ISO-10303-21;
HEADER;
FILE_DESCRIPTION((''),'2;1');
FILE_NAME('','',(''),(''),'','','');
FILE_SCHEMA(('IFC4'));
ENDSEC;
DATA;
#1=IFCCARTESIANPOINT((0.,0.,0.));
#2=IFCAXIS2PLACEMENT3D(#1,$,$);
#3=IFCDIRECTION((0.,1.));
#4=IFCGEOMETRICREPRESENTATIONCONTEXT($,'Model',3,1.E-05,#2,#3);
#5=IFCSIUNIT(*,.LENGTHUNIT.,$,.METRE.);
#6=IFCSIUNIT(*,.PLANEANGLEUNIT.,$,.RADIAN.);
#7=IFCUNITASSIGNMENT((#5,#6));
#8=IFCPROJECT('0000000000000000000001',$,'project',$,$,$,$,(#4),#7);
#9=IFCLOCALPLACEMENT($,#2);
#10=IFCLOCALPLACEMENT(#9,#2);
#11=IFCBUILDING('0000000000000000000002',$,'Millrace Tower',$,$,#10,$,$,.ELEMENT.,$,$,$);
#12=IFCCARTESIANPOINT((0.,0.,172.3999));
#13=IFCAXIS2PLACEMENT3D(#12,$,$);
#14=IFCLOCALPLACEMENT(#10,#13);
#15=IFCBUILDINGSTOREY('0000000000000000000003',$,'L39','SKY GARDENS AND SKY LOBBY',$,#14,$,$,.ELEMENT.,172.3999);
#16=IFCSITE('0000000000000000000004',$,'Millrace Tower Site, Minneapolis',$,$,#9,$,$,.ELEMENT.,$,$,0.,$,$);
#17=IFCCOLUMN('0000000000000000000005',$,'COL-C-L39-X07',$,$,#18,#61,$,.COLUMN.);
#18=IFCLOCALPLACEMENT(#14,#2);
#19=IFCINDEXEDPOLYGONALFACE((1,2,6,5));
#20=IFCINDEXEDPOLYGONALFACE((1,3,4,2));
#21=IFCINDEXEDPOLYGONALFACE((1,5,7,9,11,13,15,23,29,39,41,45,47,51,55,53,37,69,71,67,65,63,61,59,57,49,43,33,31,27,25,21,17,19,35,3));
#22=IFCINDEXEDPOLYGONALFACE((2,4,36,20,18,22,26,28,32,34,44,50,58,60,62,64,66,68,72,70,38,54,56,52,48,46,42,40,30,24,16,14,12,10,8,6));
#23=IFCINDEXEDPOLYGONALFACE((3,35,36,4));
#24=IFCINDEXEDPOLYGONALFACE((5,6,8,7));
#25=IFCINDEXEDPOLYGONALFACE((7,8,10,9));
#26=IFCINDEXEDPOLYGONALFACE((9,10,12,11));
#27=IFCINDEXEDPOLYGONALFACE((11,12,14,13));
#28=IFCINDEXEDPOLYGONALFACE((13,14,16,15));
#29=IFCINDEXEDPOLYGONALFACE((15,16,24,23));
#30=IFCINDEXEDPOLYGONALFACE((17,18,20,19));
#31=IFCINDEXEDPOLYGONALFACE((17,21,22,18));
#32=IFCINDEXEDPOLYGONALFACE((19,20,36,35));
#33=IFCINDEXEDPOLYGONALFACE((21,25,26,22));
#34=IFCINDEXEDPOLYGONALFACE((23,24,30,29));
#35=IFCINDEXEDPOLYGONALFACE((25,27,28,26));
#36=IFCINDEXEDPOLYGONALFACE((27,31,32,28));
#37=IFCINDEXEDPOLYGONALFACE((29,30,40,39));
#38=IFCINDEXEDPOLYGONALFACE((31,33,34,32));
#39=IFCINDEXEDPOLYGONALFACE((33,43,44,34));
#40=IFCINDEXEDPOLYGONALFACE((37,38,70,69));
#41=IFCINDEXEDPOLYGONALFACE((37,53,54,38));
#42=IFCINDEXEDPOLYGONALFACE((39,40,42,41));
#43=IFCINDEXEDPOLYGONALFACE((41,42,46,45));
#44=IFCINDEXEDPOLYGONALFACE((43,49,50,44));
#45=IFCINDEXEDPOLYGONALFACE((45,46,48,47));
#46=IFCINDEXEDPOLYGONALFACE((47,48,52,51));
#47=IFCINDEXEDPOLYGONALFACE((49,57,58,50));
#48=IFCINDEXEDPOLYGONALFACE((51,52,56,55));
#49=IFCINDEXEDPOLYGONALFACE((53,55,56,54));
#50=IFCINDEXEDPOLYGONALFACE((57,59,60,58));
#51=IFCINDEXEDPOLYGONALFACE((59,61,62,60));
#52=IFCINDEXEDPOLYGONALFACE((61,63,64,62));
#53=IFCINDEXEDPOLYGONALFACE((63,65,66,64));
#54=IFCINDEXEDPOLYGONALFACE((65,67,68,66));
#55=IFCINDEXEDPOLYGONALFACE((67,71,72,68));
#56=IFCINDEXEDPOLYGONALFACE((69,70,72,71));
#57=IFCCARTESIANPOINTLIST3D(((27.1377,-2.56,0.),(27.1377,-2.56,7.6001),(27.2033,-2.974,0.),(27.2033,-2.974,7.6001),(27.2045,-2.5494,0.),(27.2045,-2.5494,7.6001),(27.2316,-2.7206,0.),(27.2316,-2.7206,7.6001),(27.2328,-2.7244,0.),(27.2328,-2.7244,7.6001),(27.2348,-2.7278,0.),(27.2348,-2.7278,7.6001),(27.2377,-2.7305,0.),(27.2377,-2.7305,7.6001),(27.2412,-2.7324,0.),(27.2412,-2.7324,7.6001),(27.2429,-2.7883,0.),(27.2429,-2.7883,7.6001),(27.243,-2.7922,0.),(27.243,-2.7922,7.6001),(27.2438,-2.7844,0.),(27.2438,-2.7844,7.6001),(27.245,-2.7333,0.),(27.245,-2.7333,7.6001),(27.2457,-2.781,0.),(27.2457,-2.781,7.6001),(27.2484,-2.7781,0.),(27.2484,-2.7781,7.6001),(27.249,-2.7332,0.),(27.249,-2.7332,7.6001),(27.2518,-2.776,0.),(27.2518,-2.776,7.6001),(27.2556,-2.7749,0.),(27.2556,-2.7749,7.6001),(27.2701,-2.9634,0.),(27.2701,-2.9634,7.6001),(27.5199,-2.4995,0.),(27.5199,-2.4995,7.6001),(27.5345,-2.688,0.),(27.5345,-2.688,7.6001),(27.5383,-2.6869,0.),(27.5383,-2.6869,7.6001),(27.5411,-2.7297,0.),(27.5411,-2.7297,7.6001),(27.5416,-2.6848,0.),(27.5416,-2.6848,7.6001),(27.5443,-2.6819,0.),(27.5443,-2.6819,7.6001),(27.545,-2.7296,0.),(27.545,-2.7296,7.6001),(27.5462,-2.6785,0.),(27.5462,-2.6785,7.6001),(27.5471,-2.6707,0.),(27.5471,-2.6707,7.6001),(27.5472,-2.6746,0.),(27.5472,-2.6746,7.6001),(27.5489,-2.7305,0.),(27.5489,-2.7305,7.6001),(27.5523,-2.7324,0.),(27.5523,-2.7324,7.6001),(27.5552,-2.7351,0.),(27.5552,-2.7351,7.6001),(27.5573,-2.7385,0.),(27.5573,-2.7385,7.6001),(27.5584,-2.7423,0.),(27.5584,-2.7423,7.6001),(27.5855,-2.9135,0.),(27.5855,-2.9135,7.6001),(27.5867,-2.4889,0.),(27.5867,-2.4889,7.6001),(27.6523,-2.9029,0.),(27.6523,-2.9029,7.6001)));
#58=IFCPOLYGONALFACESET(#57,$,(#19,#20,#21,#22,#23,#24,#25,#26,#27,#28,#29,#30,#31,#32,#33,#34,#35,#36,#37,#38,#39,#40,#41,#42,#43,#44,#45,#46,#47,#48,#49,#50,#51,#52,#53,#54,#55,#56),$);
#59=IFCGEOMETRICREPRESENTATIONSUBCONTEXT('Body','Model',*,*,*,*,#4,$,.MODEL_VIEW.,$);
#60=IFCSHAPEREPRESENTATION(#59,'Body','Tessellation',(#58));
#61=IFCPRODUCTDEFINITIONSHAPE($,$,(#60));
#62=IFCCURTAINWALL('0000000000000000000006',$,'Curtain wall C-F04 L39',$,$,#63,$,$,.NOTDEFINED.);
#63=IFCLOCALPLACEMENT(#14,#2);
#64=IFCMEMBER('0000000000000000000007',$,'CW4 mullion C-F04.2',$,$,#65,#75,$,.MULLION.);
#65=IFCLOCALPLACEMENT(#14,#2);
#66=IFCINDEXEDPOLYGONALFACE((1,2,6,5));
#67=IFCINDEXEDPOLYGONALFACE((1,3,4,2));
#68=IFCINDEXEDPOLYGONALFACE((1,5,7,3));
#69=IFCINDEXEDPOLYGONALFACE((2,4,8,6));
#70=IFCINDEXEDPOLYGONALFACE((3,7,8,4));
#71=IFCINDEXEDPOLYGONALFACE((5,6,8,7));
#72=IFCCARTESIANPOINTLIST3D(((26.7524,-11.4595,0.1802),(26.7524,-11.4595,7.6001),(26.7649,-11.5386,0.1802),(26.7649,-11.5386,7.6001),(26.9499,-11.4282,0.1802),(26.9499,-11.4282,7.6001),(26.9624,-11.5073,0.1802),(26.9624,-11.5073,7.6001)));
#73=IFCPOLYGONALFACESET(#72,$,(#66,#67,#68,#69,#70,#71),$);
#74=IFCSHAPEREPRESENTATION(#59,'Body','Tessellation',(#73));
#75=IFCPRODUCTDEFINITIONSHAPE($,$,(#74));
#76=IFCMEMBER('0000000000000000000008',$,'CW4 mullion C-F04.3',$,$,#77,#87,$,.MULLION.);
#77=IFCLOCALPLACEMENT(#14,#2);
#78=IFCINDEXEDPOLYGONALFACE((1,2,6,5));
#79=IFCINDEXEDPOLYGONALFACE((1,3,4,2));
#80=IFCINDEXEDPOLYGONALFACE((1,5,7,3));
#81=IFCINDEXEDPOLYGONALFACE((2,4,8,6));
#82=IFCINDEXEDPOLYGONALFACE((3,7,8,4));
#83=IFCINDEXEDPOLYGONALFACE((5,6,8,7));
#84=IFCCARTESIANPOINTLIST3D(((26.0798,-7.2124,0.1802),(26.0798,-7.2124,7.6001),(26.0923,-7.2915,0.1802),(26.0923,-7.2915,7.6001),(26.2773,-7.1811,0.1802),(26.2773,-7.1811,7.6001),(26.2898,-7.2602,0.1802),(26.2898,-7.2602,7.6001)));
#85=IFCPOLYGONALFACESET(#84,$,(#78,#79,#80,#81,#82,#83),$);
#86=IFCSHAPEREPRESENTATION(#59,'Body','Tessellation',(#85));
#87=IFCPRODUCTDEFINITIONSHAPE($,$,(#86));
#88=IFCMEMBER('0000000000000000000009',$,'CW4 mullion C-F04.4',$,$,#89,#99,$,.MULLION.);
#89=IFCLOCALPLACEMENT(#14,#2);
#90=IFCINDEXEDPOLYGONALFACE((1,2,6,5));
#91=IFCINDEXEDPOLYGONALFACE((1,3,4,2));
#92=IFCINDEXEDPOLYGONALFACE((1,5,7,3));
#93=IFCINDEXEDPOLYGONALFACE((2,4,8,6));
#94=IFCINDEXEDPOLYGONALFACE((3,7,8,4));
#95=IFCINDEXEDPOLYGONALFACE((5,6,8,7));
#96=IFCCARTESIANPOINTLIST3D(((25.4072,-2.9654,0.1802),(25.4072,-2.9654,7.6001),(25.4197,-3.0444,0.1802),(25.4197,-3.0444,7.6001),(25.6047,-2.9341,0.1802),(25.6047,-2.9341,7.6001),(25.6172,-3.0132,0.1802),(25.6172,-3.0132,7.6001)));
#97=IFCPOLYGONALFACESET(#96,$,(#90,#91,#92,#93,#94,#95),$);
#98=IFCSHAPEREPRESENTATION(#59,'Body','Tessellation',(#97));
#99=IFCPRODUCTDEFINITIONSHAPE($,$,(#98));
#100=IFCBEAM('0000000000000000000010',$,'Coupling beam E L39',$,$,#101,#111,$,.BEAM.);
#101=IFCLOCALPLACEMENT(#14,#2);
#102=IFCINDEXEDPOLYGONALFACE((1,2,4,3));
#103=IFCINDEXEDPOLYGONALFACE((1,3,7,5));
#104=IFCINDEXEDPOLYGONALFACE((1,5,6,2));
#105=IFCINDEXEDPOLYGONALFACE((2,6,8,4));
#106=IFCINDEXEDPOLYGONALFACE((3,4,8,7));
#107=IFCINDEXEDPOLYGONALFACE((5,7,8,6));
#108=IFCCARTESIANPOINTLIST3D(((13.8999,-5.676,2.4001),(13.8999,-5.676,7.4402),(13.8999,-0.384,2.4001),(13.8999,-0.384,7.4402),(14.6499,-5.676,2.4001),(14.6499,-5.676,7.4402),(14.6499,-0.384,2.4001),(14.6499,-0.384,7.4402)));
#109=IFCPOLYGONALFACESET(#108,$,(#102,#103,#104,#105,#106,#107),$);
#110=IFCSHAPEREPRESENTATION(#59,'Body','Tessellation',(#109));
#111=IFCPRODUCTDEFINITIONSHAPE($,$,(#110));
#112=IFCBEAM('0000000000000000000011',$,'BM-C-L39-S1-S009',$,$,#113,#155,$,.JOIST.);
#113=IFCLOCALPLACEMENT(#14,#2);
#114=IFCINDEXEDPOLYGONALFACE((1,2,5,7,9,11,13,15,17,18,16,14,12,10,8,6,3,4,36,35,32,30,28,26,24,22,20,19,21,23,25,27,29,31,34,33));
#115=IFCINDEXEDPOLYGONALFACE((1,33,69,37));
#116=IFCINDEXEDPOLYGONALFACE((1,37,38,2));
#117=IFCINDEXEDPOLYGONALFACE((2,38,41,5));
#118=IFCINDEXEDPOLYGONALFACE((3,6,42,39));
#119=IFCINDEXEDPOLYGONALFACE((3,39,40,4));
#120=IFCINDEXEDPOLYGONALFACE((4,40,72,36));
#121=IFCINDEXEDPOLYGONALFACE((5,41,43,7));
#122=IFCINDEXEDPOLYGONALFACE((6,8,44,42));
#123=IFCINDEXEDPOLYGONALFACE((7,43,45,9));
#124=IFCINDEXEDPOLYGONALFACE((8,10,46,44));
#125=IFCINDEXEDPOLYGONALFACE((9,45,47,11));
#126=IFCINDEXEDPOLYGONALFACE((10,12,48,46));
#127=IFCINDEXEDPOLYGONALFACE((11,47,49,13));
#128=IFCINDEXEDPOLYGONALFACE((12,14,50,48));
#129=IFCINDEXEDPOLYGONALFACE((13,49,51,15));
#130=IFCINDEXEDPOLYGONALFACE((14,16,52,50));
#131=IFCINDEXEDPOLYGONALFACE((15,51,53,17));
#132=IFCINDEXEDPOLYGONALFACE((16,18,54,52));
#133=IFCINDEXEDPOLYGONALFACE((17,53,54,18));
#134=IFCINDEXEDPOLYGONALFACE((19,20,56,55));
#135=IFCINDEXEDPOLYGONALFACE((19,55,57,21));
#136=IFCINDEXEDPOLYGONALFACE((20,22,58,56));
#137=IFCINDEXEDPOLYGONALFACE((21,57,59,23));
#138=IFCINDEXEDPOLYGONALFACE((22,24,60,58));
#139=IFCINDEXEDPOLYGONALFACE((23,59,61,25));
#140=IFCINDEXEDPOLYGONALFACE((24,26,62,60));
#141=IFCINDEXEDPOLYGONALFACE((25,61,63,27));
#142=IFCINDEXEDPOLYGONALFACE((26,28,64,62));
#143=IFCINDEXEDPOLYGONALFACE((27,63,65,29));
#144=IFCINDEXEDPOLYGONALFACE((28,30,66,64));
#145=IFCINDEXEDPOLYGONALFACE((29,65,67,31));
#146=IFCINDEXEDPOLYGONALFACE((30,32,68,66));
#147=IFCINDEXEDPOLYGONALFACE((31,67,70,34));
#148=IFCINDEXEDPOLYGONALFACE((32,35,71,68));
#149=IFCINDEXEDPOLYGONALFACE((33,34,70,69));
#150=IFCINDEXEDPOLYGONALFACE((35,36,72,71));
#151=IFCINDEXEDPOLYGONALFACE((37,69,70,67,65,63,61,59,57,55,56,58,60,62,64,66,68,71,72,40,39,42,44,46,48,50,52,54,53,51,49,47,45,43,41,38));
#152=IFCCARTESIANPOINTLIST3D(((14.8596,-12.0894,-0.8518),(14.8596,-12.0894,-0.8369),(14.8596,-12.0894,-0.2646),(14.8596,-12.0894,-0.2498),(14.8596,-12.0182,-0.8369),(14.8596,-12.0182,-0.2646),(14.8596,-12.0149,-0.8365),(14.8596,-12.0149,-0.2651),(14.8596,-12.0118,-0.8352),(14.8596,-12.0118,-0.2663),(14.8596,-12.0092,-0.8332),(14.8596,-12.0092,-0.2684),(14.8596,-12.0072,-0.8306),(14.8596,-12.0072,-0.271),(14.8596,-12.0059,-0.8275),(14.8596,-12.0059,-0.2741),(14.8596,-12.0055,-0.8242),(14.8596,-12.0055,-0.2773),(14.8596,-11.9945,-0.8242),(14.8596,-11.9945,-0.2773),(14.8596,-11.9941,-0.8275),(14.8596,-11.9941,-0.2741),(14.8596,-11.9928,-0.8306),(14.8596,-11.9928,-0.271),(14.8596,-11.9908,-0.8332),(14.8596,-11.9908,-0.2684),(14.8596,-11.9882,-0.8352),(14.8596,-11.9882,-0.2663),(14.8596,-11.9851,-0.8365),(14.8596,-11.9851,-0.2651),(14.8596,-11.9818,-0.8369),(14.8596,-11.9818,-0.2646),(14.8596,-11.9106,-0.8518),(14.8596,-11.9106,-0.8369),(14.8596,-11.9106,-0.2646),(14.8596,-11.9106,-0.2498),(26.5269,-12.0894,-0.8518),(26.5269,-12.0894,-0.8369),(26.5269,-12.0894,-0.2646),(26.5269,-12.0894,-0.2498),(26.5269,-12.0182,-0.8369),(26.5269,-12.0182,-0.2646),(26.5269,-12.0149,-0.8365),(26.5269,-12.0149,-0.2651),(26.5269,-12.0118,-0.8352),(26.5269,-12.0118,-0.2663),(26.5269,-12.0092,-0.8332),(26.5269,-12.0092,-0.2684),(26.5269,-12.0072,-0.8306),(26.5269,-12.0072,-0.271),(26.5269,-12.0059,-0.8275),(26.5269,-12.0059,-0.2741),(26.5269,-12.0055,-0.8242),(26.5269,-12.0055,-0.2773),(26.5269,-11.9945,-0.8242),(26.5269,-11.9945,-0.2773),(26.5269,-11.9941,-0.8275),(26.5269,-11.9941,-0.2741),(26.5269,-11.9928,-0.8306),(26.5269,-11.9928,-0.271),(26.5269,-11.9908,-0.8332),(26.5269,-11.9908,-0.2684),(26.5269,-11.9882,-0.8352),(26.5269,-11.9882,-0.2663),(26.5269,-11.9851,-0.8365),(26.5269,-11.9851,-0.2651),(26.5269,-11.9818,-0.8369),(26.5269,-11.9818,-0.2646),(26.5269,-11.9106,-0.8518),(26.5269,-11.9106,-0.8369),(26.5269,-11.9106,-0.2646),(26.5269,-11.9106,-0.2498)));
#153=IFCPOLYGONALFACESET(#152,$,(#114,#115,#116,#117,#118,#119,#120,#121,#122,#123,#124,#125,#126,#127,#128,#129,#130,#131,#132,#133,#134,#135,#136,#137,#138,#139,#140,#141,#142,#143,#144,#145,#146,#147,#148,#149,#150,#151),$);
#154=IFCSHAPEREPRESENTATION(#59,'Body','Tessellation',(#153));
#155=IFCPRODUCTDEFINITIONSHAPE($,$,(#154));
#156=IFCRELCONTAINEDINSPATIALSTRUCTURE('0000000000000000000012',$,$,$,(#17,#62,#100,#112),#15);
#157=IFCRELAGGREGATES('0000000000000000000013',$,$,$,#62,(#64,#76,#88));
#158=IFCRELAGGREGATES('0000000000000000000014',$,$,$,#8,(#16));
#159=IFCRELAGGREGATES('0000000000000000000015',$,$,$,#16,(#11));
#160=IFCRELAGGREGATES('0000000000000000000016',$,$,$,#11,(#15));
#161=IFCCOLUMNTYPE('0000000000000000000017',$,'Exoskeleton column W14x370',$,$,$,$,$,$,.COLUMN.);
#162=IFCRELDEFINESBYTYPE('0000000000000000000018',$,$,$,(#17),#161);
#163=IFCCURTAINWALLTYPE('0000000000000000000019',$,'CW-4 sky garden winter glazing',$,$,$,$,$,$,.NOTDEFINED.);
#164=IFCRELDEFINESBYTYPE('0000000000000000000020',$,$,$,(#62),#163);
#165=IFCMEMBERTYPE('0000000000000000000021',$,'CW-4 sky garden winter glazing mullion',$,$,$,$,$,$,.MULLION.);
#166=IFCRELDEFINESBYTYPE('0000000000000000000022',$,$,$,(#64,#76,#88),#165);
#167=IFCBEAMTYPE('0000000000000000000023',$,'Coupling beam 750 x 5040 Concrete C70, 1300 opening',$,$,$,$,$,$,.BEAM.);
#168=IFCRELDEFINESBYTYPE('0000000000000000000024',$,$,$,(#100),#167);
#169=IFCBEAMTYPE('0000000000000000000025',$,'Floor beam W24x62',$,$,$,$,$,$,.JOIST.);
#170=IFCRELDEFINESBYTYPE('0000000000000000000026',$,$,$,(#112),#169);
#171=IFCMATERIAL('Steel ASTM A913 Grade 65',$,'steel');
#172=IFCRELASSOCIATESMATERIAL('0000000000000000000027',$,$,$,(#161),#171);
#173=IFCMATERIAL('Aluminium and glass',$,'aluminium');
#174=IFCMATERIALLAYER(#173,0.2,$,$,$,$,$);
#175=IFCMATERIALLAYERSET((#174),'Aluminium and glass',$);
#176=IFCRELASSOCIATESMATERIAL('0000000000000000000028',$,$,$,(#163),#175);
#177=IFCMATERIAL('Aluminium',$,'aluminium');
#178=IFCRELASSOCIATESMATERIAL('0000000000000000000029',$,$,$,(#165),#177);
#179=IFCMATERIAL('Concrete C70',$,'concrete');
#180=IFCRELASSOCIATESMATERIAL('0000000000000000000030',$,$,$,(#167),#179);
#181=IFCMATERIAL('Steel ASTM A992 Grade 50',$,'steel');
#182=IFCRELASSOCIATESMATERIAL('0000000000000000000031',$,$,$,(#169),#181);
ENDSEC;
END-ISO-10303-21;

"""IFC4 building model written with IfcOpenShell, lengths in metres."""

from ifc_helpers import new_model, si_unit, direction, frame, origin, origin_2d, place, context, subcontext, project, spatial, rectangle, i_section, extrude, material, layer, layer_set, material_profile, profile_set, type_object, element, aggregate, save


model = new_model("IFC4")

# Units and contexts
model_context = context("Model", 3, precision=1e-05, world=origin(), true_north=direction((0.0, 1.0)))
body_context = subcontext(model_context, "Body", "Model", "MODEL_VIEW")
ifc_project = project(units=[si_unit("LENGTHUNIT", "METRE"), si_unit("PLANEANGLEUNIT", "RADIAN")], contexts=[model_context])

# Site, building, storey
site_placement = place(None, origin())
site = spatial("IfcSite", under=ifc_project, at=site_placement, Name="Millrace Tower Site, Minneapolis", CompositionType="ELEMENT", RefElevation=0.0)
building_placement = place(site_placement, origin())
building = spatial("IfcBuilding", under=site, at=building_placement, Name="Millrace Tower", CompositionType="ELEMENT")
storey_placement = place(building_placement, frame((0.0, 0.0, 172.3999)))
storey = spatial("IfcBuildingStorey", under=building, at=storey_placement, Name="L39", Description="SKY GARDENS AND SKY LOBBY", CompositionType="ELEMENT", Elevation=172.3999)

# Column
ifc_material_1 = material(Name="Steel ASTM A913 Grade 65", Category="steel")
ifc_material_profile_1 = material_profile(ifc_material_1, i_section(OverallWidth=0.4192, OverallDepth=0.4546, WebThickness=0.0422, FlangeThickness=0.0676, FilletRadius=0.0151, at=origin_2d()))
ifc_profile_set_1 = profile_set([ifc_material_profile_1], Name="Steel ASTM A913 Grade 65")
column_type = type_object("IfcColumnType", Name="Exoskeleton column W14x370", PredefinedType="COLUMN", material=ifc_profile_set_1)
column_placement = place(storey_placement, frame((27.395, -2.7314, 0.0), z_axis=(0.0, 0.0, 1.0), x_axis=(-0.156434, 0.987688, 0.0)))
element("IfcColumn", 1, at=column_placement, inside=storey, type_object=column_type, Name="COL-C-L39-X07", PredefinedType="COLUMN", context=body_context, shape_type="SweptSolid", body=[
    extrude(i_section(OverallWidth=0.4192, OverallDepth=0.4546, WebThickness=0.0422, FlangeThickness=0.0676, FilletRadius=0.0151, at=origin_2d()), origin(), (0.0, 0.0, 1.0), 7.6001),
])

# Curtain wall, members
ifc_material_2 = material(Name="Aluminium and glass", Category="aluminium")
ifc_layer_1 = layer(ifc_material_2, 0.2)
ifc_layer_set_1 = layer_set([ifc_layer_1], Name="Aluminium and glass")
curtain_wall_type = type_object("IfcCurtainWallType", Name="CW-4 sky garden winter glazing", PredefinedType="NOTDEFINED", material=ifc_layer_set_1)
placement = place(storey_placement, origin())
curtain_wall = element("IfcCurtainWall", 2, at=placement, inside=storey, type_object=curtain_wall_type, Name="Curtain wall C-F04 L39", PredefinedType="NOTDEFINED")
ifc_material_3 = material(Name="Aluminium", Category="aluminium")
ifc_material_profile_2 = material_profile(ifc_material_3, rectangle(XDim=0.0801, YDim=0.2, at=origin_2d()))
ifc_profile_set_2 = profile_set([ifc_material_profile_2], Name="Aluminium")
member_type = type_object("IfcMemberType", Name="CW-4 sky garden winter glazing mullion", PredefinedType="MULLION", material=ifc_profile_set_2)
member_1_placement = place(storey_placement, frame((26.8574, -11.4834, 0.1802), z_axis=(0.0, 0.0, 1.0), x_axis=(-0.156434, 0.987688, 0.0)))
member_1 = element("IfcMember", 3, at=member_1_placement, type_object=member_type, Name="CW4 mullion C-F04.2", PredefinedType="MULLION", context=body_context, shape_type="SweptSolid", body=[
    extrude(rectangle(XDim=0.0801, YDim=0.2, at=origin_2d()), origin(), (0.0, 0.0, 1.0), 7.4199),
])
member_2_placement = place(storey_placement, frame((26.1848, -7.2363, 0.1802), z_axis=(0.0, 0.0, 1.0), x_axis=(-0.156434, 0.987688, 0.0)))
member_2 = element("IfcMember", 4, at=member_2_placement, type_object=member_type, Name="CW4 mullion C-F04.3", PredefinedType="MULLION", context=body_context, shape_type="SweptSolid", body=[
    extrude(rectangle(XDim=0.0801, YDim=0.2, at=origin_2d()), origin(), (0.0, 0.0, 1.0), 7.4199),
])
member_3_placement = place(storey_placement, frame((25.5122, -2.9893, 0.1802), z_axis=(0.0, 0.0, 1.0), x_axis=(-0.156434, 0.987688, 0.0)))
member_3 = element("IfcMember", 5, at=member_3_placement, type_object=member_type, Name="CW4 mullion C-F04.4", PredefinedType="MULLION", context=body_context, shape_type="SweptSolid", body=[
    extrude(rectangle(XDim=0.0801, YDim=0.2, at=origin_2d()), origin(), (0.0, 0.0, 1.0), 7.4199),
])
aggregate(curtain_wall, [member_1, member_2, member_3])

# Beams
ifc_material_4 = material(Name="Concrete C70", Category="concrete")
ifc_material_profile_3 = material_profile(ifc_material_4, rectangle(XDim=0.75, YDim=5.04, at=origin_2d()))
ifc_profile_set_3 = profile_set([ifc_material_profile_3], Name="Concrete C70")
beam_type_1 = type_object("IfcBeamType", Name="Coupling beam 750 x 5040 Concrete C70, 1300 opening", PredefinedType="BEAM", material=ifc_profile_set_3)
beam_1_placement = place(storey_placement, frame((14.2749, -0.384, 4.9202), z_axis=(0.0, -1.0, 0.0), x_axis=(1.0, 0.0, 0.0)))
element("IfcBeam", 6, at=beam_1_placement, inside=storey, type_object=beam_type_1, Name="Coupling beam E L39", PredefinedType="BEAM", context=body_context, shape_type="SweptSolid", body=[
    extrude(rectangle(XDim=0.75, YDim=5.04, at=origin_2d()), origin(), (0.0, 0.0, 1.0), 5.292),
])
ifc_material_5 = material(Name="Steel ASTM A992 Grade 50", Category="steel")
ifc_material_profile_4 = material_profile(ifc_material_5, i_section(OverallWidth=0.1787, OverallDepth=0.6021, WebThickness=0.011, FlangeThickness=0.0149, FilletRadius=0.0127, at=origin_2d()))
ifc_profile_set_4 = profile_set([ifc_material_profile_4], Name="Steel ASTM A992 Grade 50")
beam_type_2 = type_object("IfcBeamType", Name="Floor beam W24x62", PredefinedType="JOIST", material=ifc_profile_set_4)
beam_2_placement = place(storey_placement, frame((14.8596, -12.0, -0.5508), z_axis=(1.0, 0.0, 0.0), x_axis=(0.0, 1.0, 0.0)))
element("IfcBeam", 7, at=beam_2_placement, inside=storey, type_object=beam_type_2, Name="BM-C-L39-S1-S009", PredefinedType="JOIST", context=body_context, shape_type="SweptSolid", body=[
    extrude(i_section(OverallWidth=0.1787, OverallDepth=0.6021, WebThickness=0.011, FlangeThickness=0.0149, FilletRadius=0.0127, at=origin_2d()), origin(), (0.0, 0.0, 1.0), 11.6672),
])

save(model, "model.ifc")
